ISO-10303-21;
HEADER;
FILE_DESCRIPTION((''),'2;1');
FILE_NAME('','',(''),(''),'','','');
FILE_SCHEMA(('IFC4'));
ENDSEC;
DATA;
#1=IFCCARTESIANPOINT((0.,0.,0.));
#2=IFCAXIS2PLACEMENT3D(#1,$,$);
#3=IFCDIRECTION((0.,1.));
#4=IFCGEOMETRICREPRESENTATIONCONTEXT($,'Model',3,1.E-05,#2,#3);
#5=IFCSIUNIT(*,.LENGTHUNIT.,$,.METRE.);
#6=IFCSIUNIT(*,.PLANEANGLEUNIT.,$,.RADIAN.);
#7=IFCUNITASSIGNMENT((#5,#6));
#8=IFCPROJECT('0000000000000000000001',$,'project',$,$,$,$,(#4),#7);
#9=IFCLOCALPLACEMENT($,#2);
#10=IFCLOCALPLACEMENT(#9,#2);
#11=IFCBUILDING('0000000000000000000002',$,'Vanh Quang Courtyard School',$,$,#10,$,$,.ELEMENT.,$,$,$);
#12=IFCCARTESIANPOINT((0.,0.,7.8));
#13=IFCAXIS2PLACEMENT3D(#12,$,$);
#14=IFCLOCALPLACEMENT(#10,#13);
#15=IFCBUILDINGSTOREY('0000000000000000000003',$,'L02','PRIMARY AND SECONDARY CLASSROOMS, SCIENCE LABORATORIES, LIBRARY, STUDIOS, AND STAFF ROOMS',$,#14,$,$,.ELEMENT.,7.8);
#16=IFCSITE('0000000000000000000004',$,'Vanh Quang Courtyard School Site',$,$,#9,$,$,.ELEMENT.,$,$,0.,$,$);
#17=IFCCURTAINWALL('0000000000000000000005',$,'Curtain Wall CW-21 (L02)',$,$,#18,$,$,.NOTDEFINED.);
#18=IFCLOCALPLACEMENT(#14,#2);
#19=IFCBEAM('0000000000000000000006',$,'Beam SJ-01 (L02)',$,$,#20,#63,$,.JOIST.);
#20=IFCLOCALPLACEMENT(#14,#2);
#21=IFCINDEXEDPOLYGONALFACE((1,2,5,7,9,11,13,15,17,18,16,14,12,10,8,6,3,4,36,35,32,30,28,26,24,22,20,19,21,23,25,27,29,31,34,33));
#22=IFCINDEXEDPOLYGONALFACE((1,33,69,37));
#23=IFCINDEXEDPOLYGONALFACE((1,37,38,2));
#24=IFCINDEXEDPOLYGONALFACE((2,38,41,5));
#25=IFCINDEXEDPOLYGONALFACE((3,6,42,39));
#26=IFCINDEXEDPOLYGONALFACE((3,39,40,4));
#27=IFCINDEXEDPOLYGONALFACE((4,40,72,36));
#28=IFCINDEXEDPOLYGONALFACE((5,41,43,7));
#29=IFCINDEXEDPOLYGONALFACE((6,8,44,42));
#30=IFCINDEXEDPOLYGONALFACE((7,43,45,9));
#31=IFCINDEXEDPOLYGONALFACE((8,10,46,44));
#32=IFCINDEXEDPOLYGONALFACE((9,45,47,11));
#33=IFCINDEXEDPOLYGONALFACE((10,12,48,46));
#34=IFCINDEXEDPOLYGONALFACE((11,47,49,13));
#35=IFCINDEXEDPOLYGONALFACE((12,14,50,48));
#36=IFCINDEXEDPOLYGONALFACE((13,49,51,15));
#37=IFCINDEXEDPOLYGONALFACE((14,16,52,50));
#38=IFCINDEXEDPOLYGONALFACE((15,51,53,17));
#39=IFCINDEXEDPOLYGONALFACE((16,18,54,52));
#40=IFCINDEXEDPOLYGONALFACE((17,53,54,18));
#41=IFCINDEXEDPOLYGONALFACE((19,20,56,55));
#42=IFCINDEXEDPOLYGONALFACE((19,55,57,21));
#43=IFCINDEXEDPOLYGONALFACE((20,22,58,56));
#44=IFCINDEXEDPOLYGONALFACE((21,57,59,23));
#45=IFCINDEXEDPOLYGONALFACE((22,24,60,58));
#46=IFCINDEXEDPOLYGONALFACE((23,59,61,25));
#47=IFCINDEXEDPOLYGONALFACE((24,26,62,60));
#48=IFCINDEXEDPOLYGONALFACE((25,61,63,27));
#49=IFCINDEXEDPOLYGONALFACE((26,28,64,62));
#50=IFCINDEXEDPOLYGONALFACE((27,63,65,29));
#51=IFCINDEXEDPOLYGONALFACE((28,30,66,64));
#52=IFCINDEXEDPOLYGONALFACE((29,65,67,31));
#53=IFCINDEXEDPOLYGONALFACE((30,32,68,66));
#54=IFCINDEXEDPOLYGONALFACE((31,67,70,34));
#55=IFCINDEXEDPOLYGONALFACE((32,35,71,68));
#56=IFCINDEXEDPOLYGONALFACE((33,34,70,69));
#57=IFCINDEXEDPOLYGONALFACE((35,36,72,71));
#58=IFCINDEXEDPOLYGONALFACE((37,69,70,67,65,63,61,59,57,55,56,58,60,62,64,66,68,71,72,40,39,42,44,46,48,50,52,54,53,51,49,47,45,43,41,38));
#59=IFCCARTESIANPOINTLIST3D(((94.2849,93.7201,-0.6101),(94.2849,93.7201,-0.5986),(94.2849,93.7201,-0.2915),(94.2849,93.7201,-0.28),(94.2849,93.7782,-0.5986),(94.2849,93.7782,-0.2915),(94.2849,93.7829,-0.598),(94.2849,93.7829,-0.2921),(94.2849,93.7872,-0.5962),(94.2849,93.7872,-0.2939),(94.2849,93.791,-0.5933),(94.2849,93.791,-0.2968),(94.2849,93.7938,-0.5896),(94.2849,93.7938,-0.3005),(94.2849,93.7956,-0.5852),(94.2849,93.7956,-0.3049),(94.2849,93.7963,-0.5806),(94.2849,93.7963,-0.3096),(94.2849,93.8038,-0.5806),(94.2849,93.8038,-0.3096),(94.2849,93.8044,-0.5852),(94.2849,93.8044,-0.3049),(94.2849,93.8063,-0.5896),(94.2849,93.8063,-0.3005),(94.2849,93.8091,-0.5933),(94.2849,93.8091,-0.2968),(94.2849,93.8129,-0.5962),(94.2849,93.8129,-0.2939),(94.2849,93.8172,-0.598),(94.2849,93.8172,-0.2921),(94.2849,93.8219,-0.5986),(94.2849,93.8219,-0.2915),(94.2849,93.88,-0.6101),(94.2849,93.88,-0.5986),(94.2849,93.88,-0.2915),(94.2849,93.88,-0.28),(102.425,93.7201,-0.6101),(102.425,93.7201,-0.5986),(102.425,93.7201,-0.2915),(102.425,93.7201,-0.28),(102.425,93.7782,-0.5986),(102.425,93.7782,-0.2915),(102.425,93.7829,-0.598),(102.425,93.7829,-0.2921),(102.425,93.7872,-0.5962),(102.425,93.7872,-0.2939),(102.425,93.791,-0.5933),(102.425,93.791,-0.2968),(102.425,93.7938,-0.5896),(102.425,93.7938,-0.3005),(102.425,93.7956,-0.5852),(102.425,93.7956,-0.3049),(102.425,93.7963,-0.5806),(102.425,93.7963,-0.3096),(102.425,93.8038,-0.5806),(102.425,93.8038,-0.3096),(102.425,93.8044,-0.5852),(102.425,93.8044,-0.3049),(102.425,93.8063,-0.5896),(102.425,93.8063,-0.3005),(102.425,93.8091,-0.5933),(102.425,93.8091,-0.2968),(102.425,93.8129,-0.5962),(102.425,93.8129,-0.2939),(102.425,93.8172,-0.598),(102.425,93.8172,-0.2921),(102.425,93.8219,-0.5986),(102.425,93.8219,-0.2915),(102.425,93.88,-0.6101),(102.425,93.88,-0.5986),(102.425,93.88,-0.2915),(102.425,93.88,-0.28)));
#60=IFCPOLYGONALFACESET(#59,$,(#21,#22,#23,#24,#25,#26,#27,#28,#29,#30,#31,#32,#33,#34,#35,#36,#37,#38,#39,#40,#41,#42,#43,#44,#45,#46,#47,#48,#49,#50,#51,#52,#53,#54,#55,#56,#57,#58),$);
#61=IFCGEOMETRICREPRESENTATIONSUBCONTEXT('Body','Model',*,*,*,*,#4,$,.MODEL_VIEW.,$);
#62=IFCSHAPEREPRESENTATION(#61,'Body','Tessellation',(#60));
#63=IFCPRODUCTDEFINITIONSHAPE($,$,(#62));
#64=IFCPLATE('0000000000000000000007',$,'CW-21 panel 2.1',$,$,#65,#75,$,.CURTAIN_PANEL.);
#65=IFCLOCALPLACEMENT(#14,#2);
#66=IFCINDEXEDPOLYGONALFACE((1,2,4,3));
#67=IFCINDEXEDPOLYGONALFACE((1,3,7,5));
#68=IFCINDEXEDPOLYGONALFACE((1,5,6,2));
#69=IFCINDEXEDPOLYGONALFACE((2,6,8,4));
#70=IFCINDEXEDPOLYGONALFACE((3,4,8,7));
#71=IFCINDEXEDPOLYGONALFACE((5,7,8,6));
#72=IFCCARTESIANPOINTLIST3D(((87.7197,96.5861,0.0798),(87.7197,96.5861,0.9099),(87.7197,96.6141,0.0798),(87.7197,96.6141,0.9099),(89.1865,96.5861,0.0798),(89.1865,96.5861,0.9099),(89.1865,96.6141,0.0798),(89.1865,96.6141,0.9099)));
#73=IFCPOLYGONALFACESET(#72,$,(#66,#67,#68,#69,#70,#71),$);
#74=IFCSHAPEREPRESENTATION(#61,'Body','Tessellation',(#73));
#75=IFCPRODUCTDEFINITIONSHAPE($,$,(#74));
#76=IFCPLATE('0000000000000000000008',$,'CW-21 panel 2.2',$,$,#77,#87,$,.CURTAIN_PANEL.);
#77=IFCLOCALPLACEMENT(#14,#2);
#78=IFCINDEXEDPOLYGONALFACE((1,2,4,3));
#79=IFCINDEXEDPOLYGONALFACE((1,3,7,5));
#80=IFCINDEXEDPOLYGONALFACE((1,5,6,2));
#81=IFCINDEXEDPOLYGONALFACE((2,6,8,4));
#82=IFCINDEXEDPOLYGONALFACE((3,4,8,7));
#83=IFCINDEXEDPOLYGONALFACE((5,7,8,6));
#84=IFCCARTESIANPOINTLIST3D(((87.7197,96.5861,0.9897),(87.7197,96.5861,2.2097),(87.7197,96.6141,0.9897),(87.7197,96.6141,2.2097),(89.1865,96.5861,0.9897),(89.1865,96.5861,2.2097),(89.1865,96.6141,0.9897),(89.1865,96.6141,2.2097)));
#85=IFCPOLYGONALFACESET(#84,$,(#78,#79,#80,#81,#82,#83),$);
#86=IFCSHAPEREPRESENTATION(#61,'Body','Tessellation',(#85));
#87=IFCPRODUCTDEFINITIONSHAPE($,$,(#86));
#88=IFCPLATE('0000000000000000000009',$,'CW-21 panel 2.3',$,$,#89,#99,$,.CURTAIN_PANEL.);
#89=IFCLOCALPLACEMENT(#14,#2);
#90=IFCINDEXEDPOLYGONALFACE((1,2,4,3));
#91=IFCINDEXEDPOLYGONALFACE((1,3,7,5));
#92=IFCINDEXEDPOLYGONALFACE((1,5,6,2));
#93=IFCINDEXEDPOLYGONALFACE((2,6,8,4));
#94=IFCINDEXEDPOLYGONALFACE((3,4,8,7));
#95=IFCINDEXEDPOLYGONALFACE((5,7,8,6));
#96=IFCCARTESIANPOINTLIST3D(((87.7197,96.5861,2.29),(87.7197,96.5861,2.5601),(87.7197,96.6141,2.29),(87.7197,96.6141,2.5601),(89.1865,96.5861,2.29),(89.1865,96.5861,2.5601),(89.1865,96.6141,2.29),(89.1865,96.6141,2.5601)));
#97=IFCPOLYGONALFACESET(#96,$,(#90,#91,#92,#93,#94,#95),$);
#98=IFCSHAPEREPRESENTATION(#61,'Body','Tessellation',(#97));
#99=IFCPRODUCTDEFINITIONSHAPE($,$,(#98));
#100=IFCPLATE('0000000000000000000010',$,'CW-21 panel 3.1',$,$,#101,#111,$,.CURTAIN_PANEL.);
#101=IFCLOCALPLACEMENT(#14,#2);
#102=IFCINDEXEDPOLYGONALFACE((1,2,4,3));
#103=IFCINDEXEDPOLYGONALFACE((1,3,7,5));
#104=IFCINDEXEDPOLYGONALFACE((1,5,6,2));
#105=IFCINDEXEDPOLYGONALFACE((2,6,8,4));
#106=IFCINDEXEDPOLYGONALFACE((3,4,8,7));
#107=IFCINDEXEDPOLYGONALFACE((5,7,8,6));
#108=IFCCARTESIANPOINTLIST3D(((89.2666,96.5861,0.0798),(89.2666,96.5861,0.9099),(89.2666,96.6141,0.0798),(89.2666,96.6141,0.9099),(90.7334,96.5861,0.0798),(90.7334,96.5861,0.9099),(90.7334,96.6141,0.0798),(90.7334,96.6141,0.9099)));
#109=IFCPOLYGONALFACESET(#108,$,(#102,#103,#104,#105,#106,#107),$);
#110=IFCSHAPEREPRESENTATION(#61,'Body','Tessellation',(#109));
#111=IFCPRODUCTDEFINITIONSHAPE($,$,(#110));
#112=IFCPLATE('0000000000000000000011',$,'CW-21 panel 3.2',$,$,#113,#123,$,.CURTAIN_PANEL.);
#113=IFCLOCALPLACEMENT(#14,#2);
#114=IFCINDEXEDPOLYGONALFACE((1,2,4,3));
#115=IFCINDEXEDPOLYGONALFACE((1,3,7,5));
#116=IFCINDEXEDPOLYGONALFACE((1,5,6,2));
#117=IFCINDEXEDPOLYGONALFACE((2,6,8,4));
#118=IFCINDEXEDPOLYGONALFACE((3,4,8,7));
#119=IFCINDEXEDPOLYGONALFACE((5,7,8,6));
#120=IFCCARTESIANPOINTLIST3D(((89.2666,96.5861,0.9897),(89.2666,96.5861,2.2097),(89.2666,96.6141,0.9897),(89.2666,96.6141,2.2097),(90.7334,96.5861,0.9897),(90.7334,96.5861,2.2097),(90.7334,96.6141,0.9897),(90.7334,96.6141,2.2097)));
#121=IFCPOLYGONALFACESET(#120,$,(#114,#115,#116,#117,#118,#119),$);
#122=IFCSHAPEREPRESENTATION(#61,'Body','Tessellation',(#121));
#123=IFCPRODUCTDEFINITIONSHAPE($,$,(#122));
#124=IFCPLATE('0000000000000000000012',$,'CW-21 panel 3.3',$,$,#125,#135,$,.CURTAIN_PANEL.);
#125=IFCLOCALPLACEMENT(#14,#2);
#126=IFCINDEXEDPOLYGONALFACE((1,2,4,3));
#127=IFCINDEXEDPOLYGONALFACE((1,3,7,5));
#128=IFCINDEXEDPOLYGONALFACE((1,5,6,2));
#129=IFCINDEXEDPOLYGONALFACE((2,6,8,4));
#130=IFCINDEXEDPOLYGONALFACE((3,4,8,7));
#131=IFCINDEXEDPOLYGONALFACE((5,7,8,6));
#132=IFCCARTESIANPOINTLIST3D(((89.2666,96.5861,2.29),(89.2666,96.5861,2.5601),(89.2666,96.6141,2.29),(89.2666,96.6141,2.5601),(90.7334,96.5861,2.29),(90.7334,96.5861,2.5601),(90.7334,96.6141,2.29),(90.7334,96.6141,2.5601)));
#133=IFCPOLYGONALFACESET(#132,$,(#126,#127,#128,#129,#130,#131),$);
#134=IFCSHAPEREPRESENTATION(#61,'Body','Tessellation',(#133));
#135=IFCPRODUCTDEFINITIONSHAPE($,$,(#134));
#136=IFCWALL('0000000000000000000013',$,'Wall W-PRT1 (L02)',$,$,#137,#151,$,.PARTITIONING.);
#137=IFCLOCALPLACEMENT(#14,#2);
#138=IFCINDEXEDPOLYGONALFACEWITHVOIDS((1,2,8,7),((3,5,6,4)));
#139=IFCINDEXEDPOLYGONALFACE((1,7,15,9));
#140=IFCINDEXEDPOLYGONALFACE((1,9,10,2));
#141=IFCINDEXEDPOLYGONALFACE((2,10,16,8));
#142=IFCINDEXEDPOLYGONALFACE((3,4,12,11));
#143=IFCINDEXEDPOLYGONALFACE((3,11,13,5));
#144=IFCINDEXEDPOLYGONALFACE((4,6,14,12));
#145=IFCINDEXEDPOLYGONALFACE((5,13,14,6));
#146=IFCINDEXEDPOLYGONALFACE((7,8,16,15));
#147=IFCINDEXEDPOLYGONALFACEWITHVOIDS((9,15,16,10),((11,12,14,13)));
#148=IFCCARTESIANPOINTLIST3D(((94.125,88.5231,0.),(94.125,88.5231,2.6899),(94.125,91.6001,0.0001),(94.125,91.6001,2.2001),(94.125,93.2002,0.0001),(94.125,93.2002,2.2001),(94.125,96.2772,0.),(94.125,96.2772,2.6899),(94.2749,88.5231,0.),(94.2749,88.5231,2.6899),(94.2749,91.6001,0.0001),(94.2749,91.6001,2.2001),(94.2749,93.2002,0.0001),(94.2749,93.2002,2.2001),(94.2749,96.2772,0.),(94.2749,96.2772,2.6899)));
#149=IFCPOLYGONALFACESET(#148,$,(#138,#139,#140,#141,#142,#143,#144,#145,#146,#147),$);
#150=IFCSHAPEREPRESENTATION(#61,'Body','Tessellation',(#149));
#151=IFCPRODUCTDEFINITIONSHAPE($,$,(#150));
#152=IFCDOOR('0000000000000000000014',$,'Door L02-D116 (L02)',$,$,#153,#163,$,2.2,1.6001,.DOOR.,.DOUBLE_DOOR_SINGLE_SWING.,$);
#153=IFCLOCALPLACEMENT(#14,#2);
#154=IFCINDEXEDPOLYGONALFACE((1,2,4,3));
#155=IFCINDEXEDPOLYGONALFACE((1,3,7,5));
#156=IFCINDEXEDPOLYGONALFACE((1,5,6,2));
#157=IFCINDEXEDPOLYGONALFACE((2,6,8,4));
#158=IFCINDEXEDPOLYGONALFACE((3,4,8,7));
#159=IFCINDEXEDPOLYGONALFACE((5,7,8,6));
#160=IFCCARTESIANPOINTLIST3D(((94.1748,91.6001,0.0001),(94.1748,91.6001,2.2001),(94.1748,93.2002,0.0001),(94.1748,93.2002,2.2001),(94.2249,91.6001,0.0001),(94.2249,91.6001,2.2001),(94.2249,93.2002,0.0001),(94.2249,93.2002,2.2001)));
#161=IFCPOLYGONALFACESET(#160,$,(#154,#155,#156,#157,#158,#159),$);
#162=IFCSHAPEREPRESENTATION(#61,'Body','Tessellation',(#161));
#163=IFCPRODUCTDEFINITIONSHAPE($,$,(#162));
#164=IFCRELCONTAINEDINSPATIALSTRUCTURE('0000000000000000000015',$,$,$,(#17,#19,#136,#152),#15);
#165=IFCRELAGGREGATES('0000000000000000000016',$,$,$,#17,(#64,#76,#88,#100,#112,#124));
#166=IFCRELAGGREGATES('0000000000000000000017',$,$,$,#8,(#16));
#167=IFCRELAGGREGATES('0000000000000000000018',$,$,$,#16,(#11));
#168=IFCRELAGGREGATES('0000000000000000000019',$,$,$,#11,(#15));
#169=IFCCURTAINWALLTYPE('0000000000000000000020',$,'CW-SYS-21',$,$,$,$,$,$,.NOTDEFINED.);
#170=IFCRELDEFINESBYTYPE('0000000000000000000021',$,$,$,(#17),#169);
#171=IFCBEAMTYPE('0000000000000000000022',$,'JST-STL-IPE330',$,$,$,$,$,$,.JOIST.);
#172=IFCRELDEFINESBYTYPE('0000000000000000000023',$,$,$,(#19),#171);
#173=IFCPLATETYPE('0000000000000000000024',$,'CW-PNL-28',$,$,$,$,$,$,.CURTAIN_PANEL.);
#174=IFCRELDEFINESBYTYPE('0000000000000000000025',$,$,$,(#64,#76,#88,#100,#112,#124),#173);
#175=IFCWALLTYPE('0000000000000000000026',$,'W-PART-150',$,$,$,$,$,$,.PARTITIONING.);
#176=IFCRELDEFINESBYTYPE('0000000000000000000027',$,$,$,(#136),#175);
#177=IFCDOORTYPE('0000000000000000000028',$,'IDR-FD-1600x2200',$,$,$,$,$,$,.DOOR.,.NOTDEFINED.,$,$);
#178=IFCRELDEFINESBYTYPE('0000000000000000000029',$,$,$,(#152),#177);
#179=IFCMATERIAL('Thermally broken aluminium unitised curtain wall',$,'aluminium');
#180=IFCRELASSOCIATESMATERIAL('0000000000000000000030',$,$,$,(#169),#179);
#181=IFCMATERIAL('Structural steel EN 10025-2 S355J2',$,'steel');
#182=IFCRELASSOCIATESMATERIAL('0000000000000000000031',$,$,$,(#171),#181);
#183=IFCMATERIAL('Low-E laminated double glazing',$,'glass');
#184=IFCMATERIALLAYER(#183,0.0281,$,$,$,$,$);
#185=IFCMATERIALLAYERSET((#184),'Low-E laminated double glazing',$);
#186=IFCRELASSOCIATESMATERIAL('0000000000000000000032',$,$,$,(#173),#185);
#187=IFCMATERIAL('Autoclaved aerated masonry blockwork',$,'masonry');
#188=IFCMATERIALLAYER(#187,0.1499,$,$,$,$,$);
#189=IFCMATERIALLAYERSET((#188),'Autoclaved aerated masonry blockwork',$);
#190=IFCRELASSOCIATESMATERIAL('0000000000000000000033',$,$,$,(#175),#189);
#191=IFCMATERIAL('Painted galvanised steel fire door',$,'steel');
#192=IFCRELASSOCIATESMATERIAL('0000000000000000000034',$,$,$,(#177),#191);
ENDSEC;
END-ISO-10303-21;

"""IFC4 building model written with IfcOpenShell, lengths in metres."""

from ifc_helpers import new_model, si_unit, direction, frame, frame_2d, origin, origin_2d, place, context, subcontext, project, spatial, rectangle, i_section, extrude, material, layer, layer_set, material_profile, profile_set, type_object, element, fill, aggregate, save


model = new_model("IFC4")

# Units and contexts
model_context = context("Model", 3, precision=1e-05, world=origin(), true_north=direction((0.0, 1.0)))
body_context = subcontext(model_context, "Body", "Model", "MODEL_VIEW")
ifc_project = project(units=[si_unit("LENGTHUNIT", "METRE"), si_unit("PLANEANGLEUNIT", "RADIAN")], contexts=[model_context])

# Site, building, storey
site_placement = place(None, origin())
site = spatial("IfcSite", under=ifc_project, at=site_placement, Name="Vanh Quang Courtyard School Site", CompositionType="ELEMENT", RefElevation=0.0)
building_placement = place(site_placement, origin())
building = spatial("IfcBuilding", under=site, at=building_placement, Name="Vanh Quang Courtyard School", CompositionType="ELEMENT")
storey_placement = place(building_placement, frame((0.0, 0.0, 7.8)))
storey = spatial("IfcBuildingStorey", under=building, at=storey_placement, Name="L02", Description="PRIMARY AND SECONDARY CLASSROOMS, SCIENCE LABORATORIES, LIBRARY, STUDIOS, AND STAFF ROOMS", CompositionType="ELEMENT", Elevation=7.8)

# Shared definitions
ifc_material_1 = material(Name="Structural steel EN 10025-2 S355J2", Category="steel")

# Curtain wall
ifc_material_2 = material(Name="Thermally broken aluminium unitised curtain wall", Category="aluminium")
curtain_wall_type = type_object("IfcCurtainWallType", Name="CW-SYS-21", PredefinedType="NOTDEFINED", material=ifc_material_2)
curtain_wall_placement = place(storey_placement, origin())
curtain_wall = element("IfcCurtainWall", 1, at=curtain_wall_placement, inside=storey, type_object=curtain_wall_type, Name="Curtain Wall CW-21 (L02)", PredefinedType="NOTDEFINED")

# Beam
ifc_material_profile_1 = material_profile(ifc_material_1, i_section(OverallWidth=0.1599, OverallDepth=0.3301, WebThickness=0.0076, FlangeThickness=0.0115, FilletRadius=0.0181, at=origin_2d()), Name="IPE 330")
ifc_profile_set_1 = profile_set([ifc_material_profile_1], Name="Structural steel EN 10025-2 S355J2")
beam_type_1 = type_object("IfcBeamType", Name="JST-STL-IPE330", PredefinedType="JOIST", material=ifc_profile_set_1)
for number, where, z_axis, x_axis, name in (
    (2, (94.2849, 93.8, -0.4451), (1.0, 0.0, 0.0), (0.0, 1.0, 0.0), "Beam SJ-01 (L02)"),
):
    element("IfcBeam", number, at=place(storey_placement, frame(where, z_axis=z_axis, x_axis=x_axis)), inside=storey, type_object=beam_type_1, Name=name, PredefinedType="JOIST", context=body_context, shape_type="SweptSolid", body=[
        extrude(i_section(OverallWidth=0.1599, OverallDepth=0.3301, WebThickness=0.0076, FlangeThickness=0.0115, FilletRadius=0.0181, at=origin_2d()), origin(), (0.0, 0.0, 1.0), 8.1401),
    ])

# Plates
ifc_material_3 = material(Name="Low-E laminated double glazing", Category="glass")
ifc_layer_1 = layer(ifc_material_3, 0.0281)
ifc_layer_set_1 = layer_set([ifc_layer_1], Name="Low-E laminated double glazing")
plate_type = type_object("IfcPlateType", Name="CW-PNL-28", PredefinedType="CURTAIN_PANEL", material=ifc_layer_set_1)
plate_1_placement = place(storey_placement, frame((88.4531, 96.6001, 0.0798), z_axis=(0.0, 0.0, 1.0), x_axis=(1.0, 0.0, 0.0)))
plate_1 = element("IfcPlate", 3, at=plate_1_placement, type_object=plate_type, Name="CW-21 panel 2.1", PredefinedType="CURTAIN_PANEL", context=body_context, shape_type="SweptSolid", body=[
    extrude(rectangle(XDim=1.4668, YDim=0.0281, at=origin_2d()), origin(), (0.0, 0.0, 1.0), 0.8301),
])
plate_2_placement = place(storey_placement, frame((88.4531, 96.6001, 0.9897), z_axis=(0.0, 0.0, 1.0), x_axis=(1.0, 0.0, 0.0)))
plate_2 = element("IfcPlate", 4, at=plate_2_placement, type_object=plate_type, Name="CW-21 panel 2.2", PredefinedType="CURTAIN_PANEL", context=body_context, shape_type="SweptSolid", body=[
    extrude(rectangle(XDim=1.4668, YDim=0.0281, at=origin_2d()), origin(), (0.0, 0.0, 1.0), 1.22),
])
plate_3_placement = place(storey_placement, frame((88.4531, 96.6001, 2.29), z_axis=(0.0, 0.0, 1.0), x_axis=(1.0, 0.0, 0.0)))
plate_3 = element("IfcPlate", 5, at=plate_3_placement, type_object=plate_type, Name="CW-21 panel 2.3", PredefinedType="CURTAIN_PANEL", context=body_context, shape_type="SweptSolid", body=[
    extrude(rectangle(XDim=1.4668, YDim=0.0281, at=origin_2d()), origin(), (0.0, 0.0, 1.0), 0.27),
])
plate_4_placement = place(storey_placement, frame((90.0, 96.6001, 0.0798), z_axis=(0.0, 0.0, 1.0), x_axis=(1.0, 0.0, 0.0)))
plate_4 = element("IfcPlate", 6, at=plate_4_placement, type_object=plate_type, Name="CW-21 panel 3.1", PredefinedType="CURTAIN_PANEL", context=body_context, shape_type="SweptSolid", body=[
    extrude(rectangle(XDim=1.4668, YDim=0.0281, at=origin_2d()), origin(), (0.0, 0.0, 1.0), 0.8301),
])
plate_5_placement = place(storey_placement, frame((90.0, 96.6001, 0.9897), z_axis=(0.0, 0.0, 1.0), x_axis=(1.0, 0.0, 0.0)))
plate_5 = element("IfcPlate", 7, at=plate_5_placement, type_object=plate_type, Name="CW-21 panel 3.2", PredefinedType="CURTAIN_PANEL", context=body_context, shape_type="SweptSolid", body=[
    extrude(rectangle(XDim=1.4668, YDim=0.0281, at=origin_2d()), origin(), (0.0, 0.0, 1.0), 1.22),
])
plate_6_placement = place(storey_placement, frame((90.0, 96.6001, 2.29), z_axis=(0.0, 0.0, 1.0), x_axis=(1.0, 0.0, 0.0)))
plate_6 = element("IfcPlate", 8, at=plate_6_placement, type_object=plate_type, Name="CW-21 panel 3.3", PredefinedType="CURTAIN_PANEL", context=body_context, shape_type="SweptSolid", body=[
    extrude(rectangle(XDim=1.4668, YDim=0.0281, at=origin_2d()), origin(), (0.0, 0.0, 1.0), 0.27),
])
aggregate(curtain_wall, [plate_1, plate_2, plate_3, plate_4, plate_5, plate_6])

# Wall, opening, door
ifc_material_4 = material(Name="Autoclaved aerated masonry blockwork", Category="masonry")
ifc_layer_2 = layer(ifc_material_4, 0.1499)
ifc_layer_set_2 = layer_set([ifc_layer_2], Name="Autoclaved aerated masonry blockwork")
wall_type = type_object("IfcWallType", Name="W-PART-150", PredefinedType="PARTITIONING", material=ifc_layer_set_2)
wall_placement = place(storey_placement, frame((94.2, 96.2771, 0.0), z_axis=(0.0, 0.0, 1.0), x_axis=(0.0, -1.0, 0.0)))
wall = element("IfcWall", 9, at=wall_placement, inside=storey, type_object=wall_type, Name="Wall W-PRT1 (L02)", PredefinedType="PARTITIONING", context=body_context, shape_type="SweptSolid", body=[
    extrude(rectangle(XDim=7.7542, YDim=0.1499, at=frame_2d((3.877, 0.0))), origin(), (0.0, 0.0, 1.0), 2.6899),
])
opening_placement = place(wall_placement, frame((3.0769, 0.0, 0.0)))
opening = element("IfcOpeningElement", 10, at=opening_placement, cuts=wall, PredefinedType="OPENING", context=body_context, shape_type="SweptSolid", body=[
    extrude(rectangle(XDim=1.6001, YDim=2.2, at=frame_2d((0.8, 1.1001))), frame((0.0, 0.085, 0.0), z_axis=(0.0, -1.0, 0.0), x_axis=(1.0, 0.0, 0.0)), (0.0, 0.0, 1.0), 0.1699),
])
ifc_material_5 = material(Name="Painted galvanised steel fire door", Category="steel")
door_type = type_object("IfcDoorType", Name="IDR-FD-1600x2200", OperationType="NOTDEFINED", PredefinedType="DOOR", material=ifc_material_5)
door_placement = place(opening_placement, origin())
door = element("IfcDoor", 11, at=door_placement, inside=storey, type_object=door_type, Name="Door L02-D116 (L02)", OperationType="DOUBLE_DOOR_SINGLE_SWING", OverallHeight=2.2, OverallWidth=1.6001, PredefinedType="DOOR", context=body_context, shape_type="SweptSolid", body=[
    extrude(rectangle(XDim=1.6001, YDim=2.2, at=frame_2d((0.8, 1.1001))), frame((0.0, 0.0249, 0.0), z_axis=(0.0, -1.0, 0.0), x_axis=(1.0, 0.0, 0.0)), (0.0, 0.0, 1.0), 0.05),
])
fill(opening, door)

save(model, "model.ifc")
